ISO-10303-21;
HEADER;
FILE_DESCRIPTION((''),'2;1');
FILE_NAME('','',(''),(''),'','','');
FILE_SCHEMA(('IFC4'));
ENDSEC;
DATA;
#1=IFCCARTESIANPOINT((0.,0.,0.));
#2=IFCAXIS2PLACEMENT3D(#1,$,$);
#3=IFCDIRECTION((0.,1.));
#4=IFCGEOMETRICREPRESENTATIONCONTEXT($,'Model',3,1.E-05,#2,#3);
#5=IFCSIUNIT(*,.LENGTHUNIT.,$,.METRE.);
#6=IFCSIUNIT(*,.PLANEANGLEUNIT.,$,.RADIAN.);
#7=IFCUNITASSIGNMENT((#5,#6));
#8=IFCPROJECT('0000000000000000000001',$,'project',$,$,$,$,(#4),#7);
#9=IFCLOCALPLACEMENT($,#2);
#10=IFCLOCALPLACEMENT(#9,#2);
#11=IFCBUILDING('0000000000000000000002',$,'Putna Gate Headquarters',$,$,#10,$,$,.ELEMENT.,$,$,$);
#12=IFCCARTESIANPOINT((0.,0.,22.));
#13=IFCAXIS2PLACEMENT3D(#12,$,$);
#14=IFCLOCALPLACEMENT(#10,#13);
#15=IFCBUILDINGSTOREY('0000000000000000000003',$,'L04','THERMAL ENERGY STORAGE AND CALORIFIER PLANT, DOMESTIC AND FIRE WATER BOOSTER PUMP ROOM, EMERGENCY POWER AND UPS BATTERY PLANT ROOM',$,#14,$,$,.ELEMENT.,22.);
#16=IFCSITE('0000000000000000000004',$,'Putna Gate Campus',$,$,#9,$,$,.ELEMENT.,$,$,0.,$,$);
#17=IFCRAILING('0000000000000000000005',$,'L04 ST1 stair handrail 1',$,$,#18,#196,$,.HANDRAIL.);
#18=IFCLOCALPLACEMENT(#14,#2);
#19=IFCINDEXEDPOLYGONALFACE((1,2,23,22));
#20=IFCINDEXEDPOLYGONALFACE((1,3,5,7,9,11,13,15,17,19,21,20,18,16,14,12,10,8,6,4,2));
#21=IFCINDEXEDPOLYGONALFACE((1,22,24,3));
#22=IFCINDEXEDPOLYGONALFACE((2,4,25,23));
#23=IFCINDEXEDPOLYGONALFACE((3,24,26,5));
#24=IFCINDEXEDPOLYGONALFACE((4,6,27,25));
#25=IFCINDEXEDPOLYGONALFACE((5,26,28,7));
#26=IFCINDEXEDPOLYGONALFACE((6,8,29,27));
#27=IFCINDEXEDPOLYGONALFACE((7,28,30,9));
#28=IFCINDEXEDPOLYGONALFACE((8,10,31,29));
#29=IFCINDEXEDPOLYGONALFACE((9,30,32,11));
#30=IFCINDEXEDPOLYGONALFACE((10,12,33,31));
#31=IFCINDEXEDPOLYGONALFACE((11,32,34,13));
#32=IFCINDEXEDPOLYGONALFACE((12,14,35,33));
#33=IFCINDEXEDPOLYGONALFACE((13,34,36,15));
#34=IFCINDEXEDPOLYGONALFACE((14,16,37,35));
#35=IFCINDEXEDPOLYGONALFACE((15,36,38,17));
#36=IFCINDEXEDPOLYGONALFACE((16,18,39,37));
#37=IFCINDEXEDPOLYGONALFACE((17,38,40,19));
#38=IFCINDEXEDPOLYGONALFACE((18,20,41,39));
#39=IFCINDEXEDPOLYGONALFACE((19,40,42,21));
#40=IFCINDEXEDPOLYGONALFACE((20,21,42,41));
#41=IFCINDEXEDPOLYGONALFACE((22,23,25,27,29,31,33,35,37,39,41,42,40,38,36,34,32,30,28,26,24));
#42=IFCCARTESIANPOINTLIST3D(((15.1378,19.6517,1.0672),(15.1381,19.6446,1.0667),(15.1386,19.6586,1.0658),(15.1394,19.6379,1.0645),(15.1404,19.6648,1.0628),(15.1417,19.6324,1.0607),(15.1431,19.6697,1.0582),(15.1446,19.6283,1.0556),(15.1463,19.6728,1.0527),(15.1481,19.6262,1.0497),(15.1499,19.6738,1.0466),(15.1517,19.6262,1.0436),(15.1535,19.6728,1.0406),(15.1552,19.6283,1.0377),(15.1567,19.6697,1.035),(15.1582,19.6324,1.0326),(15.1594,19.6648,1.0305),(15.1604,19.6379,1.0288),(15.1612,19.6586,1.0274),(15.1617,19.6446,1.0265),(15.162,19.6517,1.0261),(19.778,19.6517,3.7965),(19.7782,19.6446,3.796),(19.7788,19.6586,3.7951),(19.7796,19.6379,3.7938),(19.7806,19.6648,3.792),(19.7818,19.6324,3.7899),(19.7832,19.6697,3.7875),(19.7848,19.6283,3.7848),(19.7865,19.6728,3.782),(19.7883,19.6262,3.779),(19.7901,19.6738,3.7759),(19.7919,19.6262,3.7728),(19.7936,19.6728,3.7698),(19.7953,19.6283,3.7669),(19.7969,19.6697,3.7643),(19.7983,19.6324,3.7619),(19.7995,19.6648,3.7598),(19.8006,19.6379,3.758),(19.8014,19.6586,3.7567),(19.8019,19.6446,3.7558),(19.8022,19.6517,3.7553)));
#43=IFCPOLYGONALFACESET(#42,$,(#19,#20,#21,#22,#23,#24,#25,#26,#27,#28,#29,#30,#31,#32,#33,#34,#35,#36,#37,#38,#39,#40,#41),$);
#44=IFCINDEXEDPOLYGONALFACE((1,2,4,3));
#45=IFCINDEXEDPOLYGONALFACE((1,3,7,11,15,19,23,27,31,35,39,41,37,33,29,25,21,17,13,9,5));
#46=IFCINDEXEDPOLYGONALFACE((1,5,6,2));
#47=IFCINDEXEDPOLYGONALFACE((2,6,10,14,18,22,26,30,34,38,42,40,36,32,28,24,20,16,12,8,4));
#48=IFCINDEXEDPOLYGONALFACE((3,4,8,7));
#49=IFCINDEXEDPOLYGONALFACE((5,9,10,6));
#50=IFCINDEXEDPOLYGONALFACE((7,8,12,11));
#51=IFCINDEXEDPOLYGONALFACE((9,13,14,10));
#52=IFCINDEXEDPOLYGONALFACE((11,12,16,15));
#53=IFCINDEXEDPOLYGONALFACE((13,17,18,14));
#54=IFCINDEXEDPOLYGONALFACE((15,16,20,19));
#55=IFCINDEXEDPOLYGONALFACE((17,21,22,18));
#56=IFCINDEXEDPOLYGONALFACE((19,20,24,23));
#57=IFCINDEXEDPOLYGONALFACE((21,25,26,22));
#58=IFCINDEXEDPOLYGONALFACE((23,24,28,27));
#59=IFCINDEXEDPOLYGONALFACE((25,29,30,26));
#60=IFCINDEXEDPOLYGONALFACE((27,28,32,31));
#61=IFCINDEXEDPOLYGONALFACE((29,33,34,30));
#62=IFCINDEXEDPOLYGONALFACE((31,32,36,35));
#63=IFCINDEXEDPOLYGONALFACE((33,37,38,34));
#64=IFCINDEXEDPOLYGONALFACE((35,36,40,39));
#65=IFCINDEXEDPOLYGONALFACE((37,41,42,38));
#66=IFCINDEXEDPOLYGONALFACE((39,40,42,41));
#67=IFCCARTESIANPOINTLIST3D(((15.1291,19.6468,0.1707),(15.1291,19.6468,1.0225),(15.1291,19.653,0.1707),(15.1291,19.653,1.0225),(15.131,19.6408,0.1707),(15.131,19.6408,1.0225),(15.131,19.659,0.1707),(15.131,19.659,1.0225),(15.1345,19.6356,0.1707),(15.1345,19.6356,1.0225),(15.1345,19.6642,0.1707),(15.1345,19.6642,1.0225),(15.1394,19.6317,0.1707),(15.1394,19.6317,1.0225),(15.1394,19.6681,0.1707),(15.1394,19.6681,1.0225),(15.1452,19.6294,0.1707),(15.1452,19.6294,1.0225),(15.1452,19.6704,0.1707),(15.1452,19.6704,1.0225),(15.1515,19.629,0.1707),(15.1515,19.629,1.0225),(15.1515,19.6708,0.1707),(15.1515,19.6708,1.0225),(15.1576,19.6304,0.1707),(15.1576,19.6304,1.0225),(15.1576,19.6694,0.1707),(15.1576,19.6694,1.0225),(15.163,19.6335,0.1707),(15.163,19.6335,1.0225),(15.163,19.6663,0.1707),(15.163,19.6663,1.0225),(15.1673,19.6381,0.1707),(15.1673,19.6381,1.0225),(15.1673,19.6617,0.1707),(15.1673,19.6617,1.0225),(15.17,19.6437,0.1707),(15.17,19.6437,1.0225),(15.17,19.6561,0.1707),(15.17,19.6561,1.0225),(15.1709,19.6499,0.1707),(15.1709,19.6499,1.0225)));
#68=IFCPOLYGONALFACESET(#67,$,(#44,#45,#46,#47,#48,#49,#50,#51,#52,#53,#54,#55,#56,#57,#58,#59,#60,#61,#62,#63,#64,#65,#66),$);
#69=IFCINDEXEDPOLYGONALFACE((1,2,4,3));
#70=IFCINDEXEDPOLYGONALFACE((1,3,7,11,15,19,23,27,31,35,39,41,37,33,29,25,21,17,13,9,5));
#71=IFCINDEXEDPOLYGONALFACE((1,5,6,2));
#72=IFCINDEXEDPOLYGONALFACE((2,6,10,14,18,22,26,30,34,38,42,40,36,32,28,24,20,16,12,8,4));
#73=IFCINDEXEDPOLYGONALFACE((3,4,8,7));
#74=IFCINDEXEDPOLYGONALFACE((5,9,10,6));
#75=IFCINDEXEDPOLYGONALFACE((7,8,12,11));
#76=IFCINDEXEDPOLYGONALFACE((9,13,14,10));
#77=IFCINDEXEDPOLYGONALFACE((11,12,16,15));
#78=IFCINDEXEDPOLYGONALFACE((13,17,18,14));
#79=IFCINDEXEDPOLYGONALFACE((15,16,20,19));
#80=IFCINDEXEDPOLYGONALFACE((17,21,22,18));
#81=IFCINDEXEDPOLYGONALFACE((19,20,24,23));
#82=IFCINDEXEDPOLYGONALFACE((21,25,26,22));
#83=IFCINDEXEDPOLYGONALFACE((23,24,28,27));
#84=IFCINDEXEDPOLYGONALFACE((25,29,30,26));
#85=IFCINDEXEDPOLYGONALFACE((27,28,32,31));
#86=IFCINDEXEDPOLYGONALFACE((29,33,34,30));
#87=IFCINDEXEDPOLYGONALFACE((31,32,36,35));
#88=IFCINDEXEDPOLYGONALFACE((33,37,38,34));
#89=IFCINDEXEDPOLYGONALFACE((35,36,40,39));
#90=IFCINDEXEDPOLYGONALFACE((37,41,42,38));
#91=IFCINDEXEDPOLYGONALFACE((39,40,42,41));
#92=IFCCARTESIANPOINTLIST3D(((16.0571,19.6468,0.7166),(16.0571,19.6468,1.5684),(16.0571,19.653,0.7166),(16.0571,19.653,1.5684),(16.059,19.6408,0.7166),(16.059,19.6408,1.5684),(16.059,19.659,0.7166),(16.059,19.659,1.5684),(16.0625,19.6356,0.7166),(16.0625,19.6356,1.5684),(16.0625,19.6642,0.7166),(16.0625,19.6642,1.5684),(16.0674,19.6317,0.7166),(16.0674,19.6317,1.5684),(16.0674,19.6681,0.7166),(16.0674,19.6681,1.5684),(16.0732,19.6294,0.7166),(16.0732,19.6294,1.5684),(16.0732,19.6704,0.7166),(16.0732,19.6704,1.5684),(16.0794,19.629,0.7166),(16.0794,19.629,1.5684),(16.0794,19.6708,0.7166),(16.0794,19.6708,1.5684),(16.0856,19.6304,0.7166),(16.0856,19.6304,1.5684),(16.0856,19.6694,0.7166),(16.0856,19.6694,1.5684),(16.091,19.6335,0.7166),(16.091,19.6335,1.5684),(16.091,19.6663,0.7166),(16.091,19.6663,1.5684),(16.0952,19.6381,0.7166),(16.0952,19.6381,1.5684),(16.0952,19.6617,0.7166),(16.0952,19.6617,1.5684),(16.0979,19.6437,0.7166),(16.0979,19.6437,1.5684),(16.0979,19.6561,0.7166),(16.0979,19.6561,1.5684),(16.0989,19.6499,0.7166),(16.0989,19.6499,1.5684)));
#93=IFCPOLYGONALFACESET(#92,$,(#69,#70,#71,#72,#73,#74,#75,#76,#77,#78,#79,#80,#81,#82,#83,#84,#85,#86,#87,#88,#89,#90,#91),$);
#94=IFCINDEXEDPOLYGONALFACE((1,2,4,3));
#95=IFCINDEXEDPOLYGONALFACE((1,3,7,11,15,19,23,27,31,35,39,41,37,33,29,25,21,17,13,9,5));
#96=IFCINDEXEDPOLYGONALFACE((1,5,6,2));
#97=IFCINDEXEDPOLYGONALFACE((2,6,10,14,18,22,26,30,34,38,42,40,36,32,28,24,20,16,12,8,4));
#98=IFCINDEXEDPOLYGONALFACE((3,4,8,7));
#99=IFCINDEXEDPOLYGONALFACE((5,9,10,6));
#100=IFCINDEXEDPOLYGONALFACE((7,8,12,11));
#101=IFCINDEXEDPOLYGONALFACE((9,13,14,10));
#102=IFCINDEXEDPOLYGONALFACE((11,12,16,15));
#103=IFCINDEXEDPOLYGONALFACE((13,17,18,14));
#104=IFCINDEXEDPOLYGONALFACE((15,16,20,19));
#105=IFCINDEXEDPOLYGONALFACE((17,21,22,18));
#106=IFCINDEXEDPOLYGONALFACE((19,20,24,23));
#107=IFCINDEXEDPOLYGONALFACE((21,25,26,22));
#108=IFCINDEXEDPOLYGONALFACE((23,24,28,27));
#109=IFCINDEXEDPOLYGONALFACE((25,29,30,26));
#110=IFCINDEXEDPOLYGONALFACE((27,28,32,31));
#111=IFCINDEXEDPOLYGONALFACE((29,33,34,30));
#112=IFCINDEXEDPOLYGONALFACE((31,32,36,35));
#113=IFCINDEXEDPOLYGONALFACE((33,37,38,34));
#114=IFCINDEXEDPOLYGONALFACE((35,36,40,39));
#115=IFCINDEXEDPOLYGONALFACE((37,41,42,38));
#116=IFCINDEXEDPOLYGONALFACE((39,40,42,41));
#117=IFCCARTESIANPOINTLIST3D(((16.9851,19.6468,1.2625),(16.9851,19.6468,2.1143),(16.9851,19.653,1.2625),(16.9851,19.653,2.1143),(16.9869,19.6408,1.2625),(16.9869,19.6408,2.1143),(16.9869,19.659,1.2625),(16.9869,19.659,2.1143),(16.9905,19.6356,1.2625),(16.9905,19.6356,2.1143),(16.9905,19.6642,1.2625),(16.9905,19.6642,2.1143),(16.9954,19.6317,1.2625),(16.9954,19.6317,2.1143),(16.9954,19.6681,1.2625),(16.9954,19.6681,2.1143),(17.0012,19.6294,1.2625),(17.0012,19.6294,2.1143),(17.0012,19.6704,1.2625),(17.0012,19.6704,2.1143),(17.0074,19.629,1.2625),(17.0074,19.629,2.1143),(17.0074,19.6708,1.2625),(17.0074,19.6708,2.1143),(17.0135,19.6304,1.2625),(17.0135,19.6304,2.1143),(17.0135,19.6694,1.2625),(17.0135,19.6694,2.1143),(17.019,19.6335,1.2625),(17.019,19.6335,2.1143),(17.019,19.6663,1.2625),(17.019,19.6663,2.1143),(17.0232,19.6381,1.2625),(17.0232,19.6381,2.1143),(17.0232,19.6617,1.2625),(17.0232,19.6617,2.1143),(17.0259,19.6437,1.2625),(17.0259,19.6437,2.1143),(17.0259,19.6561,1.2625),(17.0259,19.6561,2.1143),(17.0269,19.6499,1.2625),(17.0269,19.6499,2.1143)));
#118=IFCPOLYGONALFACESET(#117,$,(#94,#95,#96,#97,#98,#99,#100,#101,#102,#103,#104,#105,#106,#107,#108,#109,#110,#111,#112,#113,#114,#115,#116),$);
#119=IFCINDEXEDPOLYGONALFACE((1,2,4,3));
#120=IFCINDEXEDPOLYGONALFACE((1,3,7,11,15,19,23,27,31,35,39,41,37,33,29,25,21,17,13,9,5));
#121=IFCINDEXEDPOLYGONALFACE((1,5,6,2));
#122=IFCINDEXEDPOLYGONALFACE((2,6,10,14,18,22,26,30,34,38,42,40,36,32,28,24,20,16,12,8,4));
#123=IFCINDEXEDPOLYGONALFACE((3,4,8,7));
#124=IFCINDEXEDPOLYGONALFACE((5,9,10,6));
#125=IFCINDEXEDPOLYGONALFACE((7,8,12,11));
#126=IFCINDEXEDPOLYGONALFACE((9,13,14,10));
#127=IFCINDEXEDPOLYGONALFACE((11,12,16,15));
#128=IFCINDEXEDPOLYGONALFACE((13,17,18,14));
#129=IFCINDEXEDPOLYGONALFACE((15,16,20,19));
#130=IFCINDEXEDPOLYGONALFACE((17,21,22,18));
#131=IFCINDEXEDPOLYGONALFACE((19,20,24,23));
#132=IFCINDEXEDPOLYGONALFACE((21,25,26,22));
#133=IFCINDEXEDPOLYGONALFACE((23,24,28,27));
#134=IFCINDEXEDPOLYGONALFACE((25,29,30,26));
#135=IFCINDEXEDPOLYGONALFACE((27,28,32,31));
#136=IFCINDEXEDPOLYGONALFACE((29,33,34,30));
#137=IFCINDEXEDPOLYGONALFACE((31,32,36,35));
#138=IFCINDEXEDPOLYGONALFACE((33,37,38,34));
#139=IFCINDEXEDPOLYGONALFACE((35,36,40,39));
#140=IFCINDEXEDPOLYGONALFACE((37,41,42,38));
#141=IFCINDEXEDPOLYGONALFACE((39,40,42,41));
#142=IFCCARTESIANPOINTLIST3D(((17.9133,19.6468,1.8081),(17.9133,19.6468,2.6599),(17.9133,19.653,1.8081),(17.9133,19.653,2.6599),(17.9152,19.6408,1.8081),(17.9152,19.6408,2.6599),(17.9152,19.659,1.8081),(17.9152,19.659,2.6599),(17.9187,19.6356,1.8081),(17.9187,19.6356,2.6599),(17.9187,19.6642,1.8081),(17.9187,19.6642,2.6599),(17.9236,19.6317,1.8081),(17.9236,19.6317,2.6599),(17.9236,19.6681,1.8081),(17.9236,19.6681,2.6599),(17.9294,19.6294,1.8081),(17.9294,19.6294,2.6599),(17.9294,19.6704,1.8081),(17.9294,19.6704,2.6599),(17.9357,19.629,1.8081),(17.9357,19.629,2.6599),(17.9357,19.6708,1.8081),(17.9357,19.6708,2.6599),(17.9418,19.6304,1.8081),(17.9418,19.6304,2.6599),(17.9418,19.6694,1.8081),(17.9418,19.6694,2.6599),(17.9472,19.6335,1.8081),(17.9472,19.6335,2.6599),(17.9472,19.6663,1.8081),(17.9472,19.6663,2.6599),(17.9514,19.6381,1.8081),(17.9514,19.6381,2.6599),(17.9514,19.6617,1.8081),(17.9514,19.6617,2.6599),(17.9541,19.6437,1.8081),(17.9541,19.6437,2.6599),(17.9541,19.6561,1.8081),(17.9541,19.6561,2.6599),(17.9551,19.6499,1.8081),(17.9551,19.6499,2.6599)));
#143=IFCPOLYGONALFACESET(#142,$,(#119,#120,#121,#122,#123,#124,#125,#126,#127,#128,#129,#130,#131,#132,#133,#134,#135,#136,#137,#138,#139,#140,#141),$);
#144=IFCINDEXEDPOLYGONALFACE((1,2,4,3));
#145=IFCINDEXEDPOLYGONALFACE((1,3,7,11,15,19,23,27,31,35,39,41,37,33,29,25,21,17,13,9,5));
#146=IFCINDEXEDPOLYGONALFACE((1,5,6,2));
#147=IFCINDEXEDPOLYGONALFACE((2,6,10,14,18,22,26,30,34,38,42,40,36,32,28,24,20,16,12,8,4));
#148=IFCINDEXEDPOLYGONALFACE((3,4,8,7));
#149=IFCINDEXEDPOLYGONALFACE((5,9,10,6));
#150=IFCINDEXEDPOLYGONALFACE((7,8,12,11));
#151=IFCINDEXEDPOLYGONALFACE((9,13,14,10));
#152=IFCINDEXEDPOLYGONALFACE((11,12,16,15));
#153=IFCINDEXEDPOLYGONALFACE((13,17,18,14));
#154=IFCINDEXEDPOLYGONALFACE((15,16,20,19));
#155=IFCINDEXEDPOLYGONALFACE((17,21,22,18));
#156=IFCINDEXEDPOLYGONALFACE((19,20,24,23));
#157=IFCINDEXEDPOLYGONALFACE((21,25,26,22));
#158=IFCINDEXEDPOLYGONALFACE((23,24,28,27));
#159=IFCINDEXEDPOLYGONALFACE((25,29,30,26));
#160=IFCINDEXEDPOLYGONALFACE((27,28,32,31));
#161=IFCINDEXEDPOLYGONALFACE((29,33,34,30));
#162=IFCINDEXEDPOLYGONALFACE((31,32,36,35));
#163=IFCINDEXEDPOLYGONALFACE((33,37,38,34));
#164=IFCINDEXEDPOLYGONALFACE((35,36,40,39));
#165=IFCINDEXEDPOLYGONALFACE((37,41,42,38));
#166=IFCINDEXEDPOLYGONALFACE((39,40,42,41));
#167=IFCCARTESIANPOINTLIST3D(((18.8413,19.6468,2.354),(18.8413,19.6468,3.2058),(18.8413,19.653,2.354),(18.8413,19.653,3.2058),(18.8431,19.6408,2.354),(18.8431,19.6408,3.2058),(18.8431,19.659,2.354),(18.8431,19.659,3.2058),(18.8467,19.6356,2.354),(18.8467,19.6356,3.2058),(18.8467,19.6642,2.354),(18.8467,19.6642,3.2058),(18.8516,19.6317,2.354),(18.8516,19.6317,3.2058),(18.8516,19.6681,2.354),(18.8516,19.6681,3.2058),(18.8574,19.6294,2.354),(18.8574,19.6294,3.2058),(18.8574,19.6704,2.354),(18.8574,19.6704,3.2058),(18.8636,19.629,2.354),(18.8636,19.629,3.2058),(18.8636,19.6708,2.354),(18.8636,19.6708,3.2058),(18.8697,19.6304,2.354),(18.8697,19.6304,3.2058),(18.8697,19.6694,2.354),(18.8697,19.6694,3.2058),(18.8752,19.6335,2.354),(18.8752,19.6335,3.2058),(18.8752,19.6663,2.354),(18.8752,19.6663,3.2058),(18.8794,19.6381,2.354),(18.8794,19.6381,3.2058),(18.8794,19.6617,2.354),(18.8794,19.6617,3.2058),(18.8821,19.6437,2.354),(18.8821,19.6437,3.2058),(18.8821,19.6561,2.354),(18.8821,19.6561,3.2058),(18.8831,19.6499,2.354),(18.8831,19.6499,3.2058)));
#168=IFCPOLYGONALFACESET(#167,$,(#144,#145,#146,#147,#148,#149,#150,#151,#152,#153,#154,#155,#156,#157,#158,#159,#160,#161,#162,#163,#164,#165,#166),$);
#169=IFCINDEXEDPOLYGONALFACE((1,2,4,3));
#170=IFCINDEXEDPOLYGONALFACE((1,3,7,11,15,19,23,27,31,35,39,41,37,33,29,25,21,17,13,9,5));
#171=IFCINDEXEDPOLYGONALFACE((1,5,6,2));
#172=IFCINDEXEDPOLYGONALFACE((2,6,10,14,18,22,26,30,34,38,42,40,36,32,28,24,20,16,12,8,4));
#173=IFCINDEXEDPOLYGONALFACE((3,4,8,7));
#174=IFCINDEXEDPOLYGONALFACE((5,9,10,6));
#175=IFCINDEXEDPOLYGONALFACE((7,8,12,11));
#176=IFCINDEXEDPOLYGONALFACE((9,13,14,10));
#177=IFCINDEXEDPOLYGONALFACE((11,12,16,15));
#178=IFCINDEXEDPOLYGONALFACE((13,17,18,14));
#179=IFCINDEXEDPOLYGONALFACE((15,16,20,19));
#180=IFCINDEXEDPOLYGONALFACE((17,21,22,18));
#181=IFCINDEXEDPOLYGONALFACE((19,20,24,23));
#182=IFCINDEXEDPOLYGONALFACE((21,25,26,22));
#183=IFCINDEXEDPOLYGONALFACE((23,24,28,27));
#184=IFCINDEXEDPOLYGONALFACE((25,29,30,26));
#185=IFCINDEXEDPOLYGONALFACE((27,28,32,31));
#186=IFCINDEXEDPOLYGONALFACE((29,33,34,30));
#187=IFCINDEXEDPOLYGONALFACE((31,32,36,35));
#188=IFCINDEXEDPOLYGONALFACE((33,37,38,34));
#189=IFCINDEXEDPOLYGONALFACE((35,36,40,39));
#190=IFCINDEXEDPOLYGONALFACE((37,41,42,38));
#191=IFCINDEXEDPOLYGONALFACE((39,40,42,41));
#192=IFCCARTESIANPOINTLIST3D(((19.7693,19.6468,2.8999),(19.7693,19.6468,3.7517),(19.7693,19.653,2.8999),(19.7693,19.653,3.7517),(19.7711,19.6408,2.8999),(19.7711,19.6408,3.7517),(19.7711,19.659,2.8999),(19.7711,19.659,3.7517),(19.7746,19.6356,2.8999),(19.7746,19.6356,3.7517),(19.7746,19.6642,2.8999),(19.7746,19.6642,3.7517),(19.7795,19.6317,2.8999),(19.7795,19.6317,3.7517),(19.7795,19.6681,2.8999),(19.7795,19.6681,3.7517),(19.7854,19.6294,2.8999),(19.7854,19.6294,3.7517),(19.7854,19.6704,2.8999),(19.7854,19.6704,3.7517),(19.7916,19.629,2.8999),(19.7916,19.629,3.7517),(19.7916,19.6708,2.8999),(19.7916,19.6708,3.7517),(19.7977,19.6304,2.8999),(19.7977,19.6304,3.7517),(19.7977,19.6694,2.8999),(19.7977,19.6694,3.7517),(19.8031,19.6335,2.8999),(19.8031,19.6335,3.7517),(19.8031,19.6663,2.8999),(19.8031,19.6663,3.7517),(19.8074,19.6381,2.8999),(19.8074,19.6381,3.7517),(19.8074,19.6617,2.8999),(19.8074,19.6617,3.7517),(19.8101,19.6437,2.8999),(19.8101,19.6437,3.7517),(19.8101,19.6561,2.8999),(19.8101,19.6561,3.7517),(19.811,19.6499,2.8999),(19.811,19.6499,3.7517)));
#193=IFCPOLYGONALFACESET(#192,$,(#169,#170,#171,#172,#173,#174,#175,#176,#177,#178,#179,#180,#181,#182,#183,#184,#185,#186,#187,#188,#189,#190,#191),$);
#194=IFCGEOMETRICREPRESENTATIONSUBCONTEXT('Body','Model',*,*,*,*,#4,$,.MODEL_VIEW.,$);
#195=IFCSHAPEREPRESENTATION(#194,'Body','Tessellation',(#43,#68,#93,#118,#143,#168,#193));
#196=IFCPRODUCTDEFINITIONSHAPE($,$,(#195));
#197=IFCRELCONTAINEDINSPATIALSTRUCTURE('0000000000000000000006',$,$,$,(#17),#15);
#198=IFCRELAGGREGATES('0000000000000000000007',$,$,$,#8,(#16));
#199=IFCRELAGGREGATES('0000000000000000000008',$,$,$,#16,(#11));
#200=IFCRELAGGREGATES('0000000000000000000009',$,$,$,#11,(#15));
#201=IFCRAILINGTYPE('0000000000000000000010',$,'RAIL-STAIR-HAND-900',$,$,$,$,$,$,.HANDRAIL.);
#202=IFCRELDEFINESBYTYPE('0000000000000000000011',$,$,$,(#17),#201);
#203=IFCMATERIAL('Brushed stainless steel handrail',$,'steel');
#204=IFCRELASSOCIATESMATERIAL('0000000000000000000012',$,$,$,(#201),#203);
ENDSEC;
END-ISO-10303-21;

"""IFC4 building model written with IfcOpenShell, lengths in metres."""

from ifc_helpers import new_model, si_unit, direction, frame, origin, origin_2d, place, context, subcontext, project, spatial, circle, extrude, material, type_object, element, save


model = new_model("IFC4")

# Units and contexts
model_context = context("Model", 3, precision=1e-05, world=origin(), true_north=direction((0.0, 1.0)))
body_context = subcontext(model_context, "Body", "Model", "MODEL_VIEW")
ifc_project = project(units=[si_unit("LENGTHUNIT", "METRE"), si_unit("PLANEANGLEUNIT", "RADIAN")], contexts=[model_context])

# Site, building, storey
site_placement = place(None, origin())
site = spatial("IfcSite", under=ifc_project, at=site_placement, Name="Putna Gate Campus", CompositionType="ELEMENT", RefElevation=0.0)
building_placement = place(site_placement, origin())
building = spatial("IfcBuilding", under=site, at=building_placement, Name="Putna Gate Headquarters", CompositionType="ELEMENT")
storey_placement = place(building_placement, frame((0.0, 0.0, 22.0)))
storey = spatial("IfcBuildingStorey", under=building, at=storey_placement, Name="L04", Description="THERMAL ENERGY STORAGE AND CALORIFIER PLANT, DOMESTIC AND FIRE WATER BOOSTER PUMP ROOM, EMERGENCY POWER AND UPS BATTERY PLANT ROOM", CompositionType="ELEMENT", Elevation=22.0)

# Railing
ifc_material_1 = material(Name="Brushed stainless steel handrail", Category="steel")
railing_type_1 = type_object("IfcRailingType", Name="RAIL-STAIR-HAND-900", PredefinedType="HANDRAIL", material=ifc_material_1)
railing_1_placement = place(storey_placement, frame((15.1499, 19.6499, 0.1707)))
element("IfcRailing", 1, at=railing_1_placement, inside=storey, type_object=railing_type_1, Name="L04 ST1 stair handrail 1", PredefinedType="HANDRAIL", context=body_context, shape_type="SweptSolid", body=[
    extrude(circle(Radius=0.0239, at=origin_2d()), frame((0.0, 0.0, 0.876), z_axis=(0.861954, 0.0, 0.506986), x_axis=(0.0, 1.0, 0.0)), (0.0, 0.0, 1.0), 5.3833),
    extrude(circle(Radius=0.021, at=origin_2d()), origin(), (0.0, 0.0, 1.0), 0.8518),
    extrude(circle(Radius=0.021, at=origin_2d()), frame((0.928, 0.0, 0.5459)), (0.0, 0.0, 1.0), 0.8518),
    extrude(circle(Radius=0.021, at=origin_2d()), frame((1.856, 0.0, 1.0918)), (0.0, 0.0, 1.0), 0.8518),
    extrude(circle(Radius=0.021, at=origin_2d()), frame((2.7842, 0.0, 1.6375)), (0.0, 0.0, 1.0), 0.8518),
    extrude(circle(Radius=0.021, at=origin_2d()), frame((3.7122, 0.0, 2.1833)), (0.0, 0.0, 1.0), 0.8518),
    extrude(circle(Radius=0.021, at=origin_2d()), frame((4.6401, 0.0, 2.7292)), (0.0, 0.0, 1.0), 0.8518),
])

save(model, "model.ifc")
